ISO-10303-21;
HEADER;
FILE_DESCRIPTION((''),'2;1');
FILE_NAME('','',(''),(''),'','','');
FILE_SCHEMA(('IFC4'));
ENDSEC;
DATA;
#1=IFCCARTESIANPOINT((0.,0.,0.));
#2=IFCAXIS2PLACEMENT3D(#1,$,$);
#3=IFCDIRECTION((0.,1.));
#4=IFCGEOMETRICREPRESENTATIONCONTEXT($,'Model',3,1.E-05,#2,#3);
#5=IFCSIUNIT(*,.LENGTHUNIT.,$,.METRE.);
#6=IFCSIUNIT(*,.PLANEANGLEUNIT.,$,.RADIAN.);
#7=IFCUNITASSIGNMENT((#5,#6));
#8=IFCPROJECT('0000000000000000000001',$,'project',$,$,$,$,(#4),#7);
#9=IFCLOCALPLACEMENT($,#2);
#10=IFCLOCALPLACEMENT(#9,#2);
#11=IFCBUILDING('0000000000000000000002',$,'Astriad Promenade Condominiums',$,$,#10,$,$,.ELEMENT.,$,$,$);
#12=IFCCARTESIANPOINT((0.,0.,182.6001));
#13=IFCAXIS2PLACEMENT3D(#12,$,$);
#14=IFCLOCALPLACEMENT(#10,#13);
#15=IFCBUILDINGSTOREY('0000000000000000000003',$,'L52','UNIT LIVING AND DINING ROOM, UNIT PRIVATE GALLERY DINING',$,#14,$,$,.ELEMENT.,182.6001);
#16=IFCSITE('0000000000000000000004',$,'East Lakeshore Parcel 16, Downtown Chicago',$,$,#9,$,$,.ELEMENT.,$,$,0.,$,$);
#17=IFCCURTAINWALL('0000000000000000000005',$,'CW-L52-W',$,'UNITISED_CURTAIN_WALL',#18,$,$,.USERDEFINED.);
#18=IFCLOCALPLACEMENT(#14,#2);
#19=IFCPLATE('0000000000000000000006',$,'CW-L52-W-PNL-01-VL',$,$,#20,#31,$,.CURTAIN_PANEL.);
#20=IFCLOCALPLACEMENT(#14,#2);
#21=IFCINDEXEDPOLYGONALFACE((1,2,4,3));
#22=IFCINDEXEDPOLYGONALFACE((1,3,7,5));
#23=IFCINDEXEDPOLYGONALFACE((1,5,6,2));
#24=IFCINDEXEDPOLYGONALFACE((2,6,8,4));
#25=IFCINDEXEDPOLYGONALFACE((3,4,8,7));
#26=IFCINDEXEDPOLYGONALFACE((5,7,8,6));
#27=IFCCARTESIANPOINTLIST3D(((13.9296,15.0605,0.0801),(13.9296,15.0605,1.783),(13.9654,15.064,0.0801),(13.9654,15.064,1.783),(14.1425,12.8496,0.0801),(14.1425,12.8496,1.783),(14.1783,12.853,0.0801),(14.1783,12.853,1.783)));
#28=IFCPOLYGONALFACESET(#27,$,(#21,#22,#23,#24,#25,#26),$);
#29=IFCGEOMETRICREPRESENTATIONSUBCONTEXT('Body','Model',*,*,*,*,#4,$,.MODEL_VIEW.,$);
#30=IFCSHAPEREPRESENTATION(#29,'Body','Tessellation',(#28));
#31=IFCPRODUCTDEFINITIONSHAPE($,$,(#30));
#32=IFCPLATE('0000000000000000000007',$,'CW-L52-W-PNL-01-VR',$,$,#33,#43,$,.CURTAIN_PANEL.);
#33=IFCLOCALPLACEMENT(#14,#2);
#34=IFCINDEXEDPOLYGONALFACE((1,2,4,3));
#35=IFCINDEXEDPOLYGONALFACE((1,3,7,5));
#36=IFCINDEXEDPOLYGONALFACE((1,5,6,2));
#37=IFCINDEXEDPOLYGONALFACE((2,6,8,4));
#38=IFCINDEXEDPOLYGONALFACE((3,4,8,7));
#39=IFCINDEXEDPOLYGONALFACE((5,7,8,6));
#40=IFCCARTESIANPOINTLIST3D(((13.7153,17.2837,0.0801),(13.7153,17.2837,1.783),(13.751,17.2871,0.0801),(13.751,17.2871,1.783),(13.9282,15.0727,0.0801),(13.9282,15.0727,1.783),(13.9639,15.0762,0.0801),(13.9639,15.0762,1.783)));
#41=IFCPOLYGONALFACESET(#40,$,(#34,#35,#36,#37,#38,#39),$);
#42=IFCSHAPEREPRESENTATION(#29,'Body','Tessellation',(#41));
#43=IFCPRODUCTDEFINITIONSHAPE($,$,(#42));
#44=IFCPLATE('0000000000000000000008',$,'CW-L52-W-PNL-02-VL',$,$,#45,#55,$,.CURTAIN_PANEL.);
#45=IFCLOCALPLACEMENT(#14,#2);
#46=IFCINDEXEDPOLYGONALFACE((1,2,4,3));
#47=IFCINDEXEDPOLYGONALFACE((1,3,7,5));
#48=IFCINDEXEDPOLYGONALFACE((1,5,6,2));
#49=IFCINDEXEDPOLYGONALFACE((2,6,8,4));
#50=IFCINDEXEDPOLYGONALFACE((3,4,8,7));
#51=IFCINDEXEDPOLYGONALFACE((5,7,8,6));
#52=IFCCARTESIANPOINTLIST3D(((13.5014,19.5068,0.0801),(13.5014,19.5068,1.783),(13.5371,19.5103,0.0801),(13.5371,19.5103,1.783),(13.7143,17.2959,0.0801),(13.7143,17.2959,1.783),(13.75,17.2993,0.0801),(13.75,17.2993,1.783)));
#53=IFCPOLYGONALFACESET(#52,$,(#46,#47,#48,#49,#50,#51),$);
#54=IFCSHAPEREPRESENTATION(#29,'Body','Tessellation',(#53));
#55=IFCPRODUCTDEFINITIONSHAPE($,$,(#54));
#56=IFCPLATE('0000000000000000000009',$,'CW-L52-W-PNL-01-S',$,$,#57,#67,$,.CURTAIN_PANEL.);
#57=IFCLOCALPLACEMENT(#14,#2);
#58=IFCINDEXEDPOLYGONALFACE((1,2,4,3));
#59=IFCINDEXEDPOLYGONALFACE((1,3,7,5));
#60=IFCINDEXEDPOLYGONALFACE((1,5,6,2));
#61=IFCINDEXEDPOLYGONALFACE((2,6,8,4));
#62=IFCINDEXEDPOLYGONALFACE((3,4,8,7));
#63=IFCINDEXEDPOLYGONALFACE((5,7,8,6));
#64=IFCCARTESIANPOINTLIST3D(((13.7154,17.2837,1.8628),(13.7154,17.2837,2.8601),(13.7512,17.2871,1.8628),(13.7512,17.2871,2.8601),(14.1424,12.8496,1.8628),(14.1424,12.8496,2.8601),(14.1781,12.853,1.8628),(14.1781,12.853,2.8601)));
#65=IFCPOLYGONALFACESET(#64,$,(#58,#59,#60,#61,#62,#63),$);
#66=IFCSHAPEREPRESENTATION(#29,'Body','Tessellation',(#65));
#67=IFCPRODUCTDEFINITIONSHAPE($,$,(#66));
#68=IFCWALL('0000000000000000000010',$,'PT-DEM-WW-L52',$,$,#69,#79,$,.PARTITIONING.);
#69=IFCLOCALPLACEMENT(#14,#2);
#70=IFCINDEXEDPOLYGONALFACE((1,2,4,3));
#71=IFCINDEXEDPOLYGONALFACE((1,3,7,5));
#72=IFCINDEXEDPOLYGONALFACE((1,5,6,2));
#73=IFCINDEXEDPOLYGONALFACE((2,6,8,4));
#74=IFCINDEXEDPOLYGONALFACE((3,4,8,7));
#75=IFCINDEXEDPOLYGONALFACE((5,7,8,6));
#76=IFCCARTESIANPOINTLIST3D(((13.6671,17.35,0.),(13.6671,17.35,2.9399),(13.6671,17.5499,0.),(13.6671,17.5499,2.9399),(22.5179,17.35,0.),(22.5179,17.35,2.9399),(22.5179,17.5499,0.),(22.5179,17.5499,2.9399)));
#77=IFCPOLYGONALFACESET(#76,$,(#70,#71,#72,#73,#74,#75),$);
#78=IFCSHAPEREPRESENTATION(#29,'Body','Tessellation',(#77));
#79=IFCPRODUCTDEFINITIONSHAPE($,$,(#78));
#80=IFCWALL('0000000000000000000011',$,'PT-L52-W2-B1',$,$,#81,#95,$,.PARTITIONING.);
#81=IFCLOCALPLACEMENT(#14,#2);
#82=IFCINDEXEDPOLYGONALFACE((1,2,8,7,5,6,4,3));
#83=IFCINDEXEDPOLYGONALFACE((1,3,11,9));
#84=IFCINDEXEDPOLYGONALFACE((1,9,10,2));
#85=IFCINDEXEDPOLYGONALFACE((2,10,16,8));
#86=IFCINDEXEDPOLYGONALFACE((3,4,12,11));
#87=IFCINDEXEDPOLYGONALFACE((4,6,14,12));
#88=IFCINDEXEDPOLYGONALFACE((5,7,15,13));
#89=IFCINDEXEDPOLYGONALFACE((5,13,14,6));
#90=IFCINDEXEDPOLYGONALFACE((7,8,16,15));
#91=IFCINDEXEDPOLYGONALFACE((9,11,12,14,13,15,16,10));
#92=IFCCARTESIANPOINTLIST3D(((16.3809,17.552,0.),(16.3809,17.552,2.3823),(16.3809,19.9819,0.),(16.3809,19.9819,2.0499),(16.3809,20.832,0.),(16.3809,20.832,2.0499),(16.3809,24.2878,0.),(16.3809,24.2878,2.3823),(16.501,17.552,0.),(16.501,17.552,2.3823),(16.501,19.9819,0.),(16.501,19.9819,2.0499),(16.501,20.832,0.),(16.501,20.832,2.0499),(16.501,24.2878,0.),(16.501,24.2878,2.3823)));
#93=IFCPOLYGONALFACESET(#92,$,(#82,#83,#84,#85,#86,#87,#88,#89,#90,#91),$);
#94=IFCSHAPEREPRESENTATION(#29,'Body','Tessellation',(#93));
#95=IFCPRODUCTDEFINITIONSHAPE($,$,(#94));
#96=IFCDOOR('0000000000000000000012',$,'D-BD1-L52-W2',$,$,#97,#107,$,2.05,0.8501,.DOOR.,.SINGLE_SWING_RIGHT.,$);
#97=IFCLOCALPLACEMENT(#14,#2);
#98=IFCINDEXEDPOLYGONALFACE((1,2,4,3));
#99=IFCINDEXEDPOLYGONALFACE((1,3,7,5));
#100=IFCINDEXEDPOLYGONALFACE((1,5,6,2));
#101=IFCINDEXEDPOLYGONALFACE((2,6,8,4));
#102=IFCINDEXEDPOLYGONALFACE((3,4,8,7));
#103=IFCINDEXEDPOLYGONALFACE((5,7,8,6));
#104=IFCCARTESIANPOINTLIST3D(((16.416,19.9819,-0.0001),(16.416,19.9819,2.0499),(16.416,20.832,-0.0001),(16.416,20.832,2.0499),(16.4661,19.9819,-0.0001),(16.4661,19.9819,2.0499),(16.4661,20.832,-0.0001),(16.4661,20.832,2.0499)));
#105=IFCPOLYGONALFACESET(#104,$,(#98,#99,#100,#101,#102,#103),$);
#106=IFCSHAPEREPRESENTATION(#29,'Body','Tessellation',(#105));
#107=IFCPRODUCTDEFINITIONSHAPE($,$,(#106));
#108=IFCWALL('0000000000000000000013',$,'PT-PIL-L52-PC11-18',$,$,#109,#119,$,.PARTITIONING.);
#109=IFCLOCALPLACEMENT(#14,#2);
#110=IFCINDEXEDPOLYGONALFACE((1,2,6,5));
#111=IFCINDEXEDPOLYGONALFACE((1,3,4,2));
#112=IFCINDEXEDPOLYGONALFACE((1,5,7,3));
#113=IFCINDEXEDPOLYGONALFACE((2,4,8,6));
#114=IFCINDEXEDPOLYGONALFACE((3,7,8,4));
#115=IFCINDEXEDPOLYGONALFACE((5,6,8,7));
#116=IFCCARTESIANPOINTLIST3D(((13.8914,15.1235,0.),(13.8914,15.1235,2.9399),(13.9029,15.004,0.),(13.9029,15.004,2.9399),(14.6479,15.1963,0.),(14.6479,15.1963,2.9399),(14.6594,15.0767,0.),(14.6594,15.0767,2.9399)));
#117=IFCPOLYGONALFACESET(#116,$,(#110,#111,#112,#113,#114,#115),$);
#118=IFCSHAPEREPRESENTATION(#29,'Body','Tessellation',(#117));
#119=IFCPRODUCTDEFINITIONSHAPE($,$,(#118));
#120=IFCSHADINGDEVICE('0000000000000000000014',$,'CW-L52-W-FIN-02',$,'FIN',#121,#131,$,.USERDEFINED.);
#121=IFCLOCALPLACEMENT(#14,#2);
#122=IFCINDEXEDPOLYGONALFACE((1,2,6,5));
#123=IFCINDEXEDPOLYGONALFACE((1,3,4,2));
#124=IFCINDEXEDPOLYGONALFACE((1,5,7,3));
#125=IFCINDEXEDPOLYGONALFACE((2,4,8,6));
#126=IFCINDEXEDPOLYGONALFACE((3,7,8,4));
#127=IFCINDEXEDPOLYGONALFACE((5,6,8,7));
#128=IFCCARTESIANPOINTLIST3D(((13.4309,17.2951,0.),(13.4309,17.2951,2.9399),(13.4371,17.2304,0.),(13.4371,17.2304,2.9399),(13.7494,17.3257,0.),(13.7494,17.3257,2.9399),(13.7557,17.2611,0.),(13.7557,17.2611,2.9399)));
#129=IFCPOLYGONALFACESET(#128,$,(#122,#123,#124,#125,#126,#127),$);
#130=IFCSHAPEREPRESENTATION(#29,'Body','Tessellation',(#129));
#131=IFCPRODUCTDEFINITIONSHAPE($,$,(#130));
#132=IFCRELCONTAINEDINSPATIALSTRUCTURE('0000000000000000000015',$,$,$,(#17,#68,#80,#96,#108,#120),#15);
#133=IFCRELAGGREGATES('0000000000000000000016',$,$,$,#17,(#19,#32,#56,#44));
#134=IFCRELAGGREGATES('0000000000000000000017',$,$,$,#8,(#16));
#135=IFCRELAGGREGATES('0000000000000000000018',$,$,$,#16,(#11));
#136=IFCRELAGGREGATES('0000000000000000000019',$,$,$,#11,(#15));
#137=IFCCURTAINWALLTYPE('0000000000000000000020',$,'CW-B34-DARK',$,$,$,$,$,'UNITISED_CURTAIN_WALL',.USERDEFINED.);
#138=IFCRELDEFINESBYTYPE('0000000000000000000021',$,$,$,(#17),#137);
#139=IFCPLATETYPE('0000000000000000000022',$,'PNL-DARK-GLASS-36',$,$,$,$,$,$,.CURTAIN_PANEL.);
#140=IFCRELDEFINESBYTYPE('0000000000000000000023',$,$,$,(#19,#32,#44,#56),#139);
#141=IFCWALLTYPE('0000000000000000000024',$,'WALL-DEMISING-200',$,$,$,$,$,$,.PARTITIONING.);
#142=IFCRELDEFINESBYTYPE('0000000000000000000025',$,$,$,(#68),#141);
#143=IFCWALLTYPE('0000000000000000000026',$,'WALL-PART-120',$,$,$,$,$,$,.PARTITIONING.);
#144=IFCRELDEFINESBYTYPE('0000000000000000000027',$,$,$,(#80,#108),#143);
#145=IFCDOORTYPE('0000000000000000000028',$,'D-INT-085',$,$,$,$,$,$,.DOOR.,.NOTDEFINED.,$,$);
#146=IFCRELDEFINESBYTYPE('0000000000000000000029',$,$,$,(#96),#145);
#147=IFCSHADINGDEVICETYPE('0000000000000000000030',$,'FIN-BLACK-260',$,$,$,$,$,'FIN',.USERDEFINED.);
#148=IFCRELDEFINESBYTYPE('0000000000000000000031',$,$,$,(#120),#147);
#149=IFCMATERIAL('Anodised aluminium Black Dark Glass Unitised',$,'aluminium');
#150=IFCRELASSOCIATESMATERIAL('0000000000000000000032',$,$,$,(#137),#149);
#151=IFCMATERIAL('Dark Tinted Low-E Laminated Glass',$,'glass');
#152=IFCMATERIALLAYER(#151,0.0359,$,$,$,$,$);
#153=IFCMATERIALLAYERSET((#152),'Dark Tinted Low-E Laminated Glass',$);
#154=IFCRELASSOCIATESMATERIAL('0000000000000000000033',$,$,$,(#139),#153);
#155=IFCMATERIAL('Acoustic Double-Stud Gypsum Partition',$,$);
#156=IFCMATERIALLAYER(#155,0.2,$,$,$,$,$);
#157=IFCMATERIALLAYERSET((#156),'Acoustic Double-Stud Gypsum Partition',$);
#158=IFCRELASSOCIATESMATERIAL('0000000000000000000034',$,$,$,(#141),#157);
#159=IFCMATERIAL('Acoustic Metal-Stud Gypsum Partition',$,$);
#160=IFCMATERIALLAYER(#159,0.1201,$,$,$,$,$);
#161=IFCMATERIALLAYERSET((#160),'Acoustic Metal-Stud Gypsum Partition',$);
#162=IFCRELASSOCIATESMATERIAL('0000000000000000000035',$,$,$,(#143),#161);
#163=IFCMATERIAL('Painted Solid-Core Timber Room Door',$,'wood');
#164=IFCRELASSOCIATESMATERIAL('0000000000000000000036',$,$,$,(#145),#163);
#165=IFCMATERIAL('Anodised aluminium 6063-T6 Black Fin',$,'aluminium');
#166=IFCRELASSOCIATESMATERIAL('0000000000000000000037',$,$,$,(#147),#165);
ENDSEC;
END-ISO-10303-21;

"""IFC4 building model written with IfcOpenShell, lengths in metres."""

from ifc_helpers import new_model, si_unit, direction, frame, frame_2d, origin, origin_2d, place, context, subcontext, project, spatial, rectangle, extrude, source, transform, mapped, material, layer, layer_set, type_object, type_shapes, element, fill, aggregate, save


model = new_model("IFC4")

# Units and contexts
model_context = context("Model", 3, precision=1e-05, world=origin(), true_north=direction((0.0, 1.0)))
body_context = subcontext(model_context, "Body", "Model", "MODEL_VIEW")
ifc_project = project(units=[si_unit("LENGTHUNIT", "METRE"), si_unit("PLANEANGLEUNIT", "RADIAN")], contexts=[model_context])

# Site, building, storey
site_placement = place(None, origin())
site = spatial("IfcSite", under=ifc_project, at=site_placement, Name="East Lakeshore Parcel 16, Downtown Chicago", CompositionType="ELEMENT", RefElevation=0.0)
building_placement = place(site_placement, origin())
building = spatial("IfcBuilding", under=site, at=building_placement, Name="Astriad Promenade Condominiums", CompositionType="ELEMENT")
storey_placement = place(building_placement, frame((0.0, 0.0, 182.6001)))
storey = spatial("IfcBuildingStorey", under=building, at=storey_placement, Name="L52", Description="UNIT LIVING AND DINING ROOM, UNIT PRIVATE GALLERY DINING", CompositionType="ELEMENT", Elevation=182.6001)

# Curtain wall, plates
ifc_material_1 = material(Name="Anodised aluminium Black Dark Glass Unitised", Category="aluminium")
curtain_wall_type = type_object("IfcCurtainWallType", Name="CW-B34-DARK", ElementType="UNITISED_CURTAIN_WALL", PredefinedType="USERDEFINED", material=ifc_material_1)
curtain_wall_placement = place(storey_placement, origin())
curtain_wall = element("IfcCurtainWall", 1, at=curtain_wall_placement, inside=storey, type_object=curtain_wall_type, Name="CW-L52-W", ObjectType="UNITISED_CURTAIN_WALL", PredefinedType="USERDEFINED")
ifc_material_2 = material(Name="Dark Tinted Low-E Laminated Glass", Category="glass")
ifc_layer_1 = layer(ifc_material_2, 0.0359)
ifc_layer_set_1 = layer_set([ifc_layer_1], Name="Dark Tinted Low-E Laminated Glass")
plate_type = type_object("IfcPlateType", Name="PNL-DARK-GLASS-36", PredefinedType="CURTAIN_PANEL", material=ifc_layer_set_1)
shared_shape_1 = source(origin(), body_context, "Body", "SweptSolid", [
    extrude(rectangle(XDim=2.2212, YDim=0.0359, at=origin_2d()), origin(), (0.0, 0.0, 1.0), 1.7029),
])
plate_1_placement = place(storey_placement, frame((14.054, 13.9568, 0.0801), z_axis=(0.0, 0.0, 1.0), x_axis=(-0.095846, 0.995396, 0.0)))
plate_1 = element("IfcPlate", 2, at=plate_1_placement, type_object=plate_type, Name="CW-L52-W-PNL-01-VL", PredefinedType="CURTAIN_PANEL", context=body_context, shape_type="MappedRepresentation", body=[
    mapped(shared_shape_1, transform((0.0, 0.0, 0.0), scale=1.0)),
])
plate_2_placement = place(storey_placement, frame((13.8396, 16.1799, 0.0801), z_axis=(0.0, 0.0, 1.0), x_axis=(-0.095846, 0.995396, 0.0)))
plate_2 = element("IfcPlate", 3, at=plate_2_placement, type_object=plate_type, Name="CW-L52-W-PNL-01-VR", PredefinedType="CURTAIN_PANEL", context=body_context, shape_type="MappedRepresentation", body=[
    mapped(shared_shape_1, transform((0.0, 0.0, 0.0), scale=1.0)),
])
plate_3_placement = place(storey_placement, frame((13.6257, 18.4031, 0.0801), z_axis=(0.0, 0.0, 1.0), x_axis=(-0.095846, 0.995396, 0.0)))
plate_3 = element("IfcPlate", 4, at=plate_3_placement, type_object=plate_type, Name="CW-L52-W-PNL-02-VL", PredefinedType="CURTAIN_PANEL", context=body_context, shape_type="MappedRepresentation", body=[
    mapped(shared_shape_1, transform((0.0, 0.0, 0.0), scale=1.0)),
])
shared_shape_2 = source(origin(), body_context, "Body", "SweptSolid", [
    extrude(rectangle(XDim=4.4546, YDim=0.0359, at=origin_2d()), origin(), (0.0, 0.0, 1.0), 0.9973),
])
type_shapes(plate_type, [shared_shape_1, shared_shape_2])
plate_4_placement = place(storey_placement, frame((13.9468, 15.0684, 1.8628), z_axis=(0.0, 0.0, 1.0), x_axis=(-0.095846, 0.995396, 0.0)))
plate_4 = element("IfcPlate", 5, at=plate_4_placement, type_object=plate_type, Name="CW-L52-W-PNL-01-S", PredefinedType="CURTAIN_PANEL", context=body_context, shape_type="MappedRepresentation", body=[
    mapped(shared_shape_2, transform((0.0, 0.0, 0.0), scale=1.0)),
])
aggregate(curtain_wall, [plate_1, plate_2, plate_4, plate_3])

# Wall
ifc_material_3 = material(Name="Acoustic Double-Stud Gypsum Partition")
ifc_layer_2 = layer(ifc_material_3, 0.2)
ifc_layer_set_2 = layer_set([ifc_layer_2], Name="Acoustic Double-Stud Gypsum Partition")
wall_type_1 = type_object("IfcWallType", Name="WALL-DEMISING-200", PredefinedType="PARTITIONING", material=ifc_layer_set_2)
wall_1_placement = place(storey_placement, frame((13.6672, 17.45, 0.0), z_axis=(0.0, 0.0, 1.0), x_axis=(1.0, 0.0, 0.0)))
element("IfcWall", 6, at=wall_1_placement, inside=storey, type_object=wall_type_1, Name="PT-DEM-WW-L52", PredefinedType="PARTITIONING", context=body_context, shape_type="SweptSolid", body=[
    extrude(rectangle(XDim=8.8508, YDim=0.2, at=frame_2d((4.4253, 0.0))), origin(), (0.0, 0.0, 1.0), 2.9399),
])

# Wall, opening, door
ifc_material_4 = material(Name="Acoustic Metal-Stud Gypsum Partition")
ifc_layer_3 = layer(ifc_material_4, 0.1201)
ifc_layer_set_3 = layer_set([ifc_layer_3], Name="Acoustic Metal-Stud Gypsum Partition")
wall_type_2 = type_object("IfcWallType", Name="WALL-PART-120", PredefinedType="PARTITIONING", material=ifc_layer_set_3)
wall_2_placement = place(storey_placement, frame((16.4409, 17.552, 0.0), z_axis=(0.0, 0.0, 1.0), x_axis=(0.0, 1.0, 0.0)))
wall_2 = element("IfcWall", 7, at=wall_2_placement, inside=storey, type_object=wall_type_2, Name="PT-L52-W2-B1", PredefinedType="PARTITIONING", context=body_context, shape_type="SweptSolid", body=[
    extrude(rectangle(XDim=6.7358, YDim=0.1201, at=frame_2d((3.3679, 0.0))), origin(), (0.0, 0.0, 1.0), 2.3823),
])
opening_placement = place(wall_2_placement, frame((2.4299, 0.0, 0.0)))
opening = element("IfcOpeningElement", 8, at=opening_placement, cuts=wall_2, PredefinedType="OPENING", context=body_context, shape_type="SweptSolid", body=[
    extrude(rectangle(XDim=0.8501, YDim=2.05, at=frame_2d((0.425, 1.0249))), frame((0.0, 0.0701, 0.0), z_axis=(0.0, -1.0, 0.0), x_axis=(1.0, 0.0, 0.0)), (0.0, 0.0, 1.0), 0.1401),
])
ifc_material_5 = material(Name="Painted Solid-Core Timber Room Door", Category="wood")
door_type = type_object("IfcDoorType", Name="D-INT-085", OperationType="NOTDEFINED", PredefinedType="DOOR", material=ifc_material_5)
shared_shape_3 = source(origin(), body_context, "Body", "SweptSolid", [
    extrude(rectangle(XDim=0.8501, YDim=2.05, at=frame_2d((0.425, 1.0249))), frame((0.0, 0.0249, 0.0), z_axis=(0.0, -1.0, 0.0), x_axis=(1.0, 0.0, 0.0)), (0.0, 0.0, 1.0), 0.05),
])
type_shapes(door_type, [shared_shape_3])
door_placement = place(opening_placement, origin())
door = element("IfcDoor", 9, at=door_placement, inside=storey, type_object=door_type, Name="D-BD1-L52-W2", OperationType="SINGLE_SWING_RIGHT", OverallHeight=2.05, OverallWidth=0.8501, PredefinedType="DOOR", context=body_context, shape_type="MappedRepresentation", body=[
    mapped(shared_shape_3, transform((0.0, 0.0, 0.0), scale=1.0)),
])
fill(opening, door)

# Wall
wall_3_placement = place(storey_placement, frame((14.6536, 15.1365, 0.0), z_axis=(0.0, 0.0, 1.0), x_axis=(-0.995408, -0.095719, 0.0)))
element("IfcWall", 10, at=wall_3_placement, inside=storey, type_object=wall_type_2, Name="PT-PIL-L52-PC11-18", PredefinedType="PARTITIONING", context=body_context, shape_type="SweptSolid", body=[
    extrude(rectangle(XDim=0.76, YDim=0.1201, at=frame_2d((0.3799, 0.0))), origin(), (0.0, 0.0, 1.0), 2.9399),
])

# Shading device
ifc_material_6 = material(Name="Anodised aluminium 6063-T6 Black Fin", Category="aluminium")
shading_device_type = type_object("IfcShadingDeviceType", Name="FIN-BLACK-260", ElementType="FIN", PredefinedType="USERDEFINED", material=ifc_material_6)
shared_shape_4 = source(origin(), body_context, "Body", "SweptSolid", [
    extrude(rectangle(XDim=0.0649, YDim=0.3201, at=origin_2d()), origin(), (0.0, 0.0, 1.0), 2.9399),
])
type_shapes(shading_device_type, [shared_shape_4])
shading_device_placement = place(storey_placement, frame((13.5933, 17.2781, 0.0), z_axis=(0.0, 0.0, 1.0), x_axis=(-0.095846, 0.995396, 0.0)))
element("IfcShadingDevice", 11, at=shading_device_placement, inside=storey, type_object=shading_device_type, Name="CW-L52-W-FIN-02", ObjectType="FIN", PredefinedType="USERDEFINED", context=body_context, shape_type="MappedRepresentation", body=[
    mapped(shared_shape_4, transform((0.0, 0.0, 0.0), scale=1.0)),
])

save(model, "model.ifc")
